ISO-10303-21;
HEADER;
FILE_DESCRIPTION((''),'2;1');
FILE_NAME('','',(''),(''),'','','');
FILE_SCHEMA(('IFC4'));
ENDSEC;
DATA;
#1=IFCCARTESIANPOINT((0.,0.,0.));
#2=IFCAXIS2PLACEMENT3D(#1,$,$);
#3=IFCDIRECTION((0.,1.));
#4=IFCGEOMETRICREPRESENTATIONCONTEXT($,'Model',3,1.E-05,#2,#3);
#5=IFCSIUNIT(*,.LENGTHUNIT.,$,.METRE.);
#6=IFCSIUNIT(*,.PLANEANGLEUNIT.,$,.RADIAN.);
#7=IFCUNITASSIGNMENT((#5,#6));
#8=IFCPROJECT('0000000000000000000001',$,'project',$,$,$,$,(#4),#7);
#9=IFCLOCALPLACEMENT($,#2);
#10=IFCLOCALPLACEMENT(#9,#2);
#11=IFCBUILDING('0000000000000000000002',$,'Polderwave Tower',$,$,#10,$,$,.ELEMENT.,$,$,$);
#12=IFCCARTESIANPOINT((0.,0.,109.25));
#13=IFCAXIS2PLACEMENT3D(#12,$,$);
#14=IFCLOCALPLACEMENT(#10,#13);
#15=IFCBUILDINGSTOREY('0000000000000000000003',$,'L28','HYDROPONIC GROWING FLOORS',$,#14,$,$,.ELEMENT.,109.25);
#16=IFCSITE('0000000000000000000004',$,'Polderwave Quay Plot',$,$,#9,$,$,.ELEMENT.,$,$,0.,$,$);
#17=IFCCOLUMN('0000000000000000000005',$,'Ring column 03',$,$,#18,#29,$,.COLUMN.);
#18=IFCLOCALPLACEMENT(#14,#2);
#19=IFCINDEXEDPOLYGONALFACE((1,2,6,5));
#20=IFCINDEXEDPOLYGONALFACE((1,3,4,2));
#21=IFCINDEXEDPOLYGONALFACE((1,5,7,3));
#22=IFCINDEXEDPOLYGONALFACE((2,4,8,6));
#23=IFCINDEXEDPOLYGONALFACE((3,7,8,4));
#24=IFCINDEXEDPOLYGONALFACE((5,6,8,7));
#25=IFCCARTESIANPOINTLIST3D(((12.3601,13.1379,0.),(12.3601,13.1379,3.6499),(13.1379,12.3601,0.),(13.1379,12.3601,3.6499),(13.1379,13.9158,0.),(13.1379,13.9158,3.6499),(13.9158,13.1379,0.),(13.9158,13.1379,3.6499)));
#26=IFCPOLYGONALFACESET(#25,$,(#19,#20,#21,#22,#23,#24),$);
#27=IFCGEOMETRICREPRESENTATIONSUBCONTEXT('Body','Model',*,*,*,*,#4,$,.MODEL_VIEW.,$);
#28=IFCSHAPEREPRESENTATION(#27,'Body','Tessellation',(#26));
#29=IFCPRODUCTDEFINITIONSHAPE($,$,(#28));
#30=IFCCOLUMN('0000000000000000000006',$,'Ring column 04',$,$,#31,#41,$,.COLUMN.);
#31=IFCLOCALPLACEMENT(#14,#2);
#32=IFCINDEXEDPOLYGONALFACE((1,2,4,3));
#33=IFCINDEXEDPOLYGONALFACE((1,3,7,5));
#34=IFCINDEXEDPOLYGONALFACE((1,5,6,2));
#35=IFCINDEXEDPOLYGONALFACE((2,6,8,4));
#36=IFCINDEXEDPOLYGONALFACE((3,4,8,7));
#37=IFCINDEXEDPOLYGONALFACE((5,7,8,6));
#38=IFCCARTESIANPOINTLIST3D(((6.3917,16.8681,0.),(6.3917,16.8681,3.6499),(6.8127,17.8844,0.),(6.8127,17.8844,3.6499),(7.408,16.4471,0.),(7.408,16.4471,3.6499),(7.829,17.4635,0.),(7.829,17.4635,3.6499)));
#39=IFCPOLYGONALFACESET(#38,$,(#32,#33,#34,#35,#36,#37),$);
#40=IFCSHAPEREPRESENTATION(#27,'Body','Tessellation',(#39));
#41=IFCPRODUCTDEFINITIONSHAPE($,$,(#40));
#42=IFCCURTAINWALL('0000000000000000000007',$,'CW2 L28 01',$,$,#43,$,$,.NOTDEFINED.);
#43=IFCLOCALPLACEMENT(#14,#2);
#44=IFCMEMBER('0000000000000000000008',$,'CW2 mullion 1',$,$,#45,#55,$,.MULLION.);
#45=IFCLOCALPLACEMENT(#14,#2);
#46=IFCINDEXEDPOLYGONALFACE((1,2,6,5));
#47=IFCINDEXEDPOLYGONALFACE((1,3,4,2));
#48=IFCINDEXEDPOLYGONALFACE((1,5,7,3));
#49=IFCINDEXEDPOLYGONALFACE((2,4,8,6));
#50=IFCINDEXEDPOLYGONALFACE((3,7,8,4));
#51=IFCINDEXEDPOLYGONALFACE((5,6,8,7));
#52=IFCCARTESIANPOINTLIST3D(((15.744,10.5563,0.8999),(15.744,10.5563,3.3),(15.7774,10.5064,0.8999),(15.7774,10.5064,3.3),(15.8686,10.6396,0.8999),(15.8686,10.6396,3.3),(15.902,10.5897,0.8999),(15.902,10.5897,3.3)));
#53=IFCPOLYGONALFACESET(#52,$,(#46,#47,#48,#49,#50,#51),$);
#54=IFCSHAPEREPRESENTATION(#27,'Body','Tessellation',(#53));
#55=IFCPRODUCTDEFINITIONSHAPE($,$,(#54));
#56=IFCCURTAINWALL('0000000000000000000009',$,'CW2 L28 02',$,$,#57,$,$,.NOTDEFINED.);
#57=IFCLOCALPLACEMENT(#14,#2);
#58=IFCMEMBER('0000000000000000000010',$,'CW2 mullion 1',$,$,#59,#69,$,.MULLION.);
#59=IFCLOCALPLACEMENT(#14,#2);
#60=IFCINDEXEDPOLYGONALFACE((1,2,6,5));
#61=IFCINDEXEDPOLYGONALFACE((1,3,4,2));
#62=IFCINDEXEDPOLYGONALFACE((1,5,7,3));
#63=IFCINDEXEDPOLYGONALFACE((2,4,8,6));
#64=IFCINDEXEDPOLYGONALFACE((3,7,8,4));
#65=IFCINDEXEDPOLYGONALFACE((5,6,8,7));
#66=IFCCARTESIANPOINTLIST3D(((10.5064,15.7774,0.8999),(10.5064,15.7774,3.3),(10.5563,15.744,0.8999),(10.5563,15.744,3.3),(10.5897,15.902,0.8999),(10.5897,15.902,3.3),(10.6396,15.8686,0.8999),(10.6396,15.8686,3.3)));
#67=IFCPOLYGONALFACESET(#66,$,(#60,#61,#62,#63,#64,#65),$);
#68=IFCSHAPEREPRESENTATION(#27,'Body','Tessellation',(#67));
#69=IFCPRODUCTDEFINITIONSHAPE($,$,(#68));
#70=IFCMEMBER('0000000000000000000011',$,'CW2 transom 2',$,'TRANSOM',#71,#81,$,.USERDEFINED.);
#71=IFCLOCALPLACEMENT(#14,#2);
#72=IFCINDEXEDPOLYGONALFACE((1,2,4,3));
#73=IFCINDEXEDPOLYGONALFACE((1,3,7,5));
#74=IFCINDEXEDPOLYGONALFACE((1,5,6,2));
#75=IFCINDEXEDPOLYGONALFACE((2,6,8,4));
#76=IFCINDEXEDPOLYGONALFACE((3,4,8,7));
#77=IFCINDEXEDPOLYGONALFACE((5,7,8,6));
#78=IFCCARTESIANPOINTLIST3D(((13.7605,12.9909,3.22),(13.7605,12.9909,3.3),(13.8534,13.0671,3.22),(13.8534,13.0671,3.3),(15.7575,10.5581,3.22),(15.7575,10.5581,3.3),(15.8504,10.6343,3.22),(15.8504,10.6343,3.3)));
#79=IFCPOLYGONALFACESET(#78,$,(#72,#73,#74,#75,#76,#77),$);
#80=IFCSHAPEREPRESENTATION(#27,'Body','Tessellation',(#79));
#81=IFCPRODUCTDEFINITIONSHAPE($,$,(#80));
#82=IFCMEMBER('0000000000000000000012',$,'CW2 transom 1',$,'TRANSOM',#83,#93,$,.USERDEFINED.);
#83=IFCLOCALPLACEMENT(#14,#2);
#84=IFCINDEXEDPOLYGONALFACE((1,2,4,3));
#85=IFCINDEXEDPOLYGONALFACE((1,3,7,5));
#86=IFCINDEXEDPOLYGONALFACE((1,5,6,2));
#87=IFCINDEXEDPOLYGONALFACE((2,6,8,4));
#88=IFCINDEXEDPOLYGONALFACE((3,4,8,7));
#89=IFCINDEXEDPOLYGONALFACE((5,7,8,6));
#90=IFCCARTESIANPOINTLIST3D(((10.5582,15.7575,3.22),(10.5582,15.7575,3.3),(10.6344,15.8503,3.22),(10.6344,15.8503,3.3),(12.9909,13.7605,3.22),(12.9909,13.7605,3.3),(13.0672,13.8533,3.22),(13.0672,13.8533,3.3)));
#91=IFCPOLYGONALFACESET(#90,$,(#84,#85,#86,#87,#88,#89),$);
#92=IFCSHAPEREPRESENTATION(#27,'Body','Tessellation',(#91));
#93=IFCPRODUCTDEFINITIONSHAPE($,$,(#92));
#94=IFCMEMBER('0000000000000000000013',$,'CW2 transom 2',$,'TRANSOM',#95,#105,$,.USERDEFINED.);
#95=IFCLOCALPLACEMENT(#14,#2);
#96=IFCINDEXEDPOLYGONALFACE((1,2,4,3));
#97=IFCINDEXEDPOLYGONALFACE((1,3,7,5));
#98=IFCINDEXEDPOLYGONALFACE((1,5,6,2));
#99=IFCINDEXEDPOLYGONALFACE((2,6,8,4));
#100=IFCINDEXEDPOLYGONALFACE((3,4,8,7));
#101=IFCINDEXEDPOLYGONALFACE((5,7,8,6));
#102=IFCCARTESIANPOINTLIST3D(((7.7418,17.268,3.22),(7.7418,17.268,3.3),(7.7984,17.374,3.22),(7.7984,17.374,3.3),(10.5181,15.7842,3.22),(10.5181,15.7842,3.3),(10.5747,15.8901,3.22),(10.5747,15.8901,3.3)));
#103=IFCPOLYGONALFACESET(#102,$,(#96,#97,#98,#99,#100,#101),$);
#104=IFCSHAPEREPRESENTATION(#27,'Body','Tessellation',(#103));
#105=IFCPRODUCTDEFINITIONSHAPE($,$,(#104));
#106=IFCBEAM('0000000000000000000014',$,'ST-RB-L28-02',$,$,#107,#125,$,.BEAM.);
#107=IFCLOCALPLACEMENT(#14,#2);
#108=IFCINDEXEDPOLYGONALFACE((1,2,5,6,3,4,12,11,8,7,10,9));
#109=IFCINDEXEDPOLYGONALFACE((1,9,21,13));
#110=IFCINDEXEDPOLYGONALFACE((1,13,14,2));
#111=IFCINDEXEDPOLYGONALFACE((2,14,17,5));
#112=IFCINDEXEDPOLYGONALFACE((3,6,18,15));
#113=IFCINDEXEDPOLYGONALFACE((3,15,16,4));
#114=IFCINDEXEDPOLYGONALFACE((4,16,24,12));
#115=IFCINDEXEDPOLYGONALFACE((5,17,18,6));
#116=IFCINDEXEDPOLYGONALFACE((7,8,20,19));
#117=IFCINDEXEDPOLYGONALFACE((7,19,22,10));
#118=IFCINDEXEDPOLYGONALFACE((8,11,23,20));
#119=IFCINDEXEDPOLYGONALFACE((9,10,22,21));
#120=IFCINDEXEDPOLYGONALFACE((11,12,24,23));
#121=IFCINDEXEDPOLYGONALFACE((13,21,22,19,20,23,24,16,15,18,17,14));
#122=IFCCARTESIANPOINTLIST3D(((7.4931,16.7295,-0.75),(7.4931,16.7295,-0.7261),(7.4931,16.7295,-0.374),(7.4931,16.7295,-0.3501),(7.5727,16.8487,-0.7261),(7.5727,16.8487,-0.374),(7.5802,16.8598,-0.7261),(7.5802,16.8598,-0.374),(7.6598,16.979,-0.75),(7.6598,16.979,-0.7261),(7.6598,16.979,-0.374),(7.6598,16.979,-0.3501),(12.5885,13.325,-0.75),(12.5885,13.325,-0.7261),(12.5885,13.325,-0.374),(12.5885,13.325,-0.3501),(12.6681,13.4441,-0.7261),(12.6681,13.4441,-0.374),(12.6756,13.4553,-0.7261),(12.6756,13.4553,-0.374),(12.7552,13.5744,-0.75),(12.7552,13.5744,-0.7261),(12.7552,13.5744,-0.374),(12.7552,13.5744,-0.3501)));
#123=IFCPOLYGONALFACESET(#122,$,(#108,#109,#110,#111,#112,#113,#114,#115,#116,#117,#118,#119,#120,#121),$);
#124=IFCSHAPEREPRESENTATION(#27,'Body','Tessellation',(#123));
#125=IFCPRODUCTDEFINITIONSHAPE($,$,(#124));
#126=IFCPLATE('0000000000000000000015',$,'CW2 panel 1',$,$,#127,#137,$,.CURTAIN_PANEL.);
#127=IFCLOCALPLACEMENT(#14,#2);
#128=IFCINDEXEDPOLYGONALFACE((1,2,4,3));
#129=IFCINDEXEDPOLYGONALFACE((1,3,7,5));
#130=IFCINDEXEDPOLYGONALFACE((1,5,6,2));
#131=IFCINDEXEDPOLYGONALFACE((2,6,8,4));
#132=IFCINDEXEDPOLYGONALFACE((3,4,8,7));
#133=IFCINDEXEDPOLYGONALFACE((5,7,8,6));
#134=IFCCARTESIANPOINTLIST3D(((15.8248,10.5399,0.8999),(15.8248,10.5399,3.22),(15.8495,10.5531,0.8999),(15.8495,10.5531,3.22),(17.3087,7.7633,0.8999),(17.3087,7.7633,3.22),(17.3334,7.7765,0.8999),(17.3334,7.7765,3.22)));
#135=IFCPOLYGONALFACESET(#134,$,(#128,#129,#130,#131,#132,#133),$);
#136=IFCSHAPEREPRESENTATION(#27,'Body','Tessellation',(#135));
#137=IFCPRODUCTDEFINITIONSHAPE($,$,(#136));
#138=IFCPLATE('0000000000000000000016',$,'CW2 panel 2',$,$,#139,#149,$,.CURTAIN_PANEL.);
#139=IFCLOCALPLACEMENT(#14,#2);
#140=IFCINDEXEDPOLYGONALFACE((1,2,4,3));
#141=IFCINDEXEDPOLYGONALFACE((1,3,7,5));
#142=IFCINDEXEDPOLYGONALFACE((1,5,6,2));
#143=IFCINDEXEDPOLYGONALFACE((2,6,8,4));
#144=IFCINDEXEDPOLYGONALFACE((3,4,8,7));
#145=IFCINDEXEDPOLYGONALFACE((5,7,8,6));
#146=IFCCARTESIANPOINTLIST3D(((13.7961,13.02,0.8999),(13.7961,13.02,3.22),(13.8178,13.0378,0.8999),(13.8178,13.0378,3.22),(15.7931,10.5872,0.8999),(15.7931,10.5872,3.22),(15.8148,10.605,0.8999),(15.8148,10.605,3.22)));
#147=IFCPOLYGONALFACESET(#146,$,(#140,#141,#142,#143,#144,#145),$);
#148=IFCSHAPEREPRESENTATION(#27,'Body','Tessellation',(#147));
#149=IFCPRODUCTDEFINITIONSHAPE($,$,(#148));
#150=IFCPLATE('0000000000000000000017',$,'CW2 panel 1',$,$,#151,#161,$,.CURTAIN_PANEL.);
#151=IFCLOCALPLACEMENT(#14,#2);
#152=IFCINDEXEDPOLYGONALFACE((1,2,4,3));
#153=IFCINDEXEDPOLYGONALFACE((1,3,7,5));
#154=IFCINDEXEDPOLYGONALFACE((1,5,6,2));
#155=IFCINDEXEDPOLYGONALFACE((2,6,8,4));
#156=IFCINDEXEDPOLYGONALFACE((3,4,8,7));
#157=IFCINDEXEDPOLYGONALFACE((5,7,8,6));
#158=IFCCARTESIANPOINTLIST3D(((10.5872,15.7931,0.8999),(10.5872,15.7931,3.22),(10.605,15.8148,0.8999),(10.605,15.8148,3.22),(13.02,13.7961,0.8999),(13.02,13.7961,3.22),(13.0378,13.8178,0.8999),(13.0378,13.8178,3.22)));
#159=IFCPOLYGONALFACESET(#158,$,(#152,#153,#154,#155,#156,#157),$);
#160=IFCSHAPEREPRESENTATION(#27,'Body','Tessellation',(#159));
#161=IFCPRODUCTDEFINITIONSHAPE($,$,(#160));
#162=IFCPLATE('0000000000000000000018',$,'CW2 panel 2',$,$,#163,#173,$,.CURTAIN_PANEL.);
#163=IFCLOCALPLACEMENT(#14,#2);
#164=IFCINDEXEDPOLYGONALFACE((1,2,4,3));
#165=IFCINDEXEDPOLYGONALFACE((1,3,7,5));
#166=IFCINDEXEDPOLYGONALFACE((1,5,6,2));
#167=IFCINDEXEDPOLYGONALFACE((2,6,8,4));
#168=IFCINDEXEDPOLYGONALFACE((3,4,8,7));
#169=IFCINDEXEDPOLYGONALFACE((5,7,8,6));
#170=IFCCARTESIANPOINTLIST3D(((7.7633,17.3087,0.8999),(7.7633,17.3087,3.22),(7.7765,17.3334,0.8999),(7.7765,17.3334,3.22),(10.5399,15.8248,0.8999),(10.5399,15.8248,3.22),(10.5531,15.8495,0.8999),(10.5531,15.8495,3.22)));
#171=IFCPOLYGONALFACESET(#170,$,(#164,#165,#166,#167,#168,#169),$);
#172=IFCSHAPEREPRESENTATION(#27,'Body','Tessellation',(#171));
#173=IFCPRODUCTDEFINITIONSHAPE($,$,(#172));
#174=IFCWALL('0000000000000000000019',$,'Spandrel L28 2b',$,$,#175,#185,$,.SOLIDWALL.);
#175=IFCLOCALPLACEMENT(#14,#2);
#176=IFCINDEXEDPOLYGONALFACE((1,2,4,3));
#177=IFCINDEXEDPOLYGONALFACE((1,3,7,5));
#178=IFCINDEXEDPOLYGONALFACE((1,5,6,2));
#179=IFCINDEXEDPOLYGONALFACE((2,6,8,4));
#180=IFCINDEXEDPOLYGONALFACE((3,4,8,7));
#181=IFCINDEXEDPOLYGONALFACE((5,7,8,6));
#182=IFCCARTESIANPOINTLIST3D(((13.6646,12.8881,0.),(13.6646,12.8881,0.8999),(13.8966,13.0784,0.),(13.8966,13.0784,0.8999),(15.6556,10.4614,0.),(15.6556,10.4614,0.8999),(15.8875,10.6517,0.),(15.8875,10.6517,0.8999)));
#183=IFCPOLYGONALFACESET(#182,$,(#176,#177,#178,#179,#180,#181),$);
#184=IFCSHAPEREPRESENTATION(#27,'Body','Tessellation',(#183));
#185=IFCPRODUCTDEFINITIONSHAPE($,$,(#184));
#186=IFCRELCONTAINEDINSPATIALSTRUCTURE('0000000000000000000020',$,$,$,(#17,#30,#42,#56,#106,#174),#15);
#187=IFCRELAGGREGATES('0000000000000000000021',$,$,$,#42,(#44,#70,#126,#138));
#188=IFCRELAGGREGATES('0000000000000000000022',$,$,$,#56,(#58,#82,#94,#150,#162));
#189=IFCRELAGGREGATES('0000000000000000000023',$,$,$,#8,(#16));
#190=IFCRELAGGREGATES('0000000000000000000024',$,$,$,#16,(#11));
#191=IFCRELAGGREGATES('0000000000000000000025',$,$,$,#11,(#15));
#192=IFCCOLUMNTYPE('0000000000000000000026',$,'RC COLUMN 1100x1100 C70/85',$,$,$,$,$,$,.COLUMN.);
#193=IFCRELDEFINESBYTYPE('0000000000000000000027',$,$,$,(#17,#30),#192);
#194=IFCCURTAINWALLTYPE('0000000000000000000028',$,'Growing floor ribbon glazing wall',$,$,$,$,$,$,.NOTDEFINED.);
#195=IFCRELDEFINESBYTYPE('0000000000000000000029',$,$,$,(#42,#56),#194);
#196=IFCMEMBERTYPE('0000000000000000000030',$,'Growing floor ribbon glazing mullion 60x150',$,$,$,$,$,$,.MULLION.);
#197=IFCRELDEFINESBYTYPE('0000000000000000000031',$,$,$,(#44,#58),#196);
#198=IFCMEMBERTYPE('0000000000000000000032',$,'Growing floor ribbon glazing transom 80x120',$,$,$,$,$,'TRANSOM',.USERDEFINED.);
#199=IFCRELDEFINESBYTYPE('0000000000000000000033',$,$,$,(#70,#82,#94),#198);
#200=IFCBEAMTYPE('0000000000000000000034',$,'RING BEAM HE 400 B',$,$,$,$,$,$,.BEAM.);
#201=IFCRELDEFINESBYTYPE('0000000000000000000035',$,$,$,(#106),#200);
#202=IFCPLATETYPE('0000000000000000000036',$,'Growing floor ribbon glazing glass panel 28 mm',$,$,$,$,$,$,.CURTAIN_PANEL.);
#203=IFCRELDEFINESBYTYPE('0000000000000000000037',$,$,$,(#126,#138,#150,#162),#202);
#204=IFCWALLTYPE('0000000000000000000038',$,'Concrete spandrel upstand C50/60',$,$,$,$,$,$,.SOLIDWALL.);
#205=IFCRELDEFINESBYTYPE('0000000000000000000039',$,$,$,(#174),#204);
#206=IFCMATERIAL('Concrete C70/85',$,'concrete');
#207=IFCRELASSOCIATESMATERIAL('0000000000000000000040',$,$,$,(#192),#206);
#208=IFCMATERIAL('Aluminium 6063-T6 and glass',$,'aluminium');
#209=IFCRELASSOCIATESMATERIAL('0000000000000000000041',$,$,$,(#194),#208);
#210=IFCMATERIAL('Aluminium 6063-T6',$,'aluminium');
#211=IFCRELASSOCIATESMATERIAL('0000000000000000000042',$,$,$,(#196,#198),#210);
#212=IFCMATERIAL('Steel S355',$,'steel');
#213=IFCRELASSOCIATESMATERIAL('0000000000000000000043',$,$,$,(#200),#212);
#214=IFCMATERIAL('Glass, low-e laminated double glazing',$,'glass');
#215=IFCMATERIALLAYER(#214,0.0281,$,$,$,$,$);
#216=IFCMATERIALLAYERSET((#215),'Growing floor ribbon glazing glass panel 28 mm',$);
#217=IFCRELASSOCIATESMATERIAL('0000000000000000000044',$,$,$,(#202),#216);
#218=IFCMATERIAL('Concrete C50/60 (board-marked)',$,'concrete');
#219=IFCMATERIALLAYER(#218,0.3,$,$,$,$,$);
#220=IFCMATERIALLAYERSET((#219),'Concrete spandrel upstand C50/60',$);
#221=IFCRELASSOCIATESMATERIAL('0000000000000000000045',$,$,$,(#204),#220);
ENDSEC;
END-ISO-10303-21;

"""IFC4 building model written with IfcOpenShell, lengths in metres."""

from ifc_helpers import new_model, si_unit, direction, frame, frame_2d, origin, origin_2d, place, context, subcontext, project, spatial, rectangle, i_section, extrude, material, layer, layer_set, material_profile, profile_set, type_object, element, aggregate, save


model = new_model("IFC4")

# Units and contexts
model_context = context("Model", 3, precision=1e-05, world=origin(), true_north=direction((0.0, 1.0)))
body_context = subcontext(model_context, "Body", "Model", "MODEL_VIEW")
ifc_project = project(units=[si_unit("LENGTHUNIT", "METRE"), si_unit("PLANEANGLEUNIT", "RADIAN")], contexts=[model_context])

# Site, building, storey
site_placement = place(None, origin())
site = spatial("IfcSite", under=ifc_project, at=site_placement, Name="Polderwave Quay Plot", CompositionType="ELEMENT", RefElevation=0.0)
building_placement = place(site_placement, origin())
building = spatial("IfcBuilding", under=site, at=building_placement, Name="Polderwave Tower", CompositionType="ELEMENT")
storey_placement = place(building_placement, frame((0.0, 0.0, 109.25)))
storey = spatial("IfcBuildingStorey", under=building, at=storey_placement, Name="L28", Description="HYDROPONIC GROWING FLOORS", CompositionType="ELEMENT", Elevation=109.25)

# Columns
ifc_material_1 = material(Name="Concrete C70/85", Category="concrete")
ifc_material_profile_1 = material_profile(ifc_material_1, rectangle(XDim=1.1001, YDim=1.1001, at=origin_2d()), Name="RC 1100x1100")
ifc_profile_set_1 = profile_set([ifc_material_profile_1], Name="Concrete C70/85")
column_type = type_object("IfcColumnType", Name="RC COLUMN 1100x1100 C70/85", PredefinedType="COLUMN", material=ifc_profile_set_1)
for number, where, z_axis, x_axis, name in (
    (1, (13.1379, 13.1379, 0.0), (0.0, 0.0, 1.0), (0.707107, 0.707107, 0.0), "Ring column 03"),
    (2, (7.1104, 17.1658, 0.0), (0.0, 0.0, 1.0), (0.382683, 0.92388, 0.0), "Ring column 04"),
):
    element("IfcColumn", number, at=place(storey_placement, frame(where, z_axis=z_axis, x_axis=x_axis)), inside=storey, type_object=column_type, Name=name, PredefinedType="COLUMN", context=body_context, shape_type="SweptSolid", body=[
        extrude(rectangle(XDim=1.1001, YDim=1.1001, at=origin_2d()), origin(), (0.0, 0.0, 1.0), 3.6499),
    ])

# Curtain walls, members
ifc_material_2 = material(Name="Aluminium 6063-T6 and glass", Category="aluminium")
curtain_wall_type = type_object("IfcCurtainWallType", Name="Growing floor ribbon glazing wall", PredefinedType="NOTDEFINED", material=ifc_material_2)
curtain_wall_1_placement = place(storey_placement, origin())
curtain_wall_1 = element("IfcCurtainWall", 3, at=curtain_wall_1_placement, inside=storey, type_object=curtain_wall_type, Name="CW2 L28 01", PredefinedType="NOTDEFINED")
ifc_material_3 = material(Name="Aluminium 6063-T6", Category="aluminium")
ifc_material_profile_2 = material_profile(ifc_material_3, rectangle(XDim=0.1499, YDim=0.0601, at=origin_2d()), Name="AL 60x150")
ifc_profile_set_2 = profile_set([ifc_material_profile_2], Name="Aluminium 6063-T6")
member_type_1 = type_object("IfcMemberType", Name="Growing floor ribbon glazing mullion 60x150", PredefinedType="MULLION", material=ifc_profile_set_2)
member_1_placement = place(storey_placement, frame((15.823, 10.573, 0.8999), z_axis=(0.0, 0.0, 1.0), x_axis=(-0.83146, -0.555585, 0.0)))
member_1 = element("IfcMember", 4, at=member_1_placement, type_object=member_type_1, Name="CW2 mullion 1", PredefinedType="MULLION", context=body_context, shape_type="SweptSolid", body=[
    extrude(rectangle(XDim=0.1499, YDim=0.0601, at=origin_2d()), origin(), (0.0, 0.0, 1.0), 2.4001),
])
curtain_wall_2_placement = place(storey_placement, origin())
curtain_wall_2 = element("IfcCurtainWall", 5, at=curtain_wall_2_placement, inside=storey, type_object=curtain_wall_type, Name="CW2 L28 02", PredefinedType="NOTDEFINED")
member_2_placement = place(storey_placement, frame((10.573, 15.823, 0.8999), z_axis=(0.0, 0.0, 1.0), x_axis=(-0.555585, -0.83146, 0.0)))
member_2 = element("IfcMember", 6, at=member_2_placement, type_object=member_type_1, Name="CW2 mullion 1", PredefinedType="MULLION", context=body_context, shape_type="SweptSolid", body=[
    extrude(rectangle(XDim=0.1499, YDim=0.0601, at=origin_2d()), origin(), (0.0, 0.0, 1.0), 2.4001),
])

# Members
ifc_material_profile_3 = material_profile(ifc_material_3, rectangle(XDim=0.1201, YDim=0.0801, at=origin_2d()), Name="AL 80x120")
ifc_profile_set_3 = profile_set([ifc_material_profile_3], Name="Aluminium 6063-T6")
member_type_2 = type_object("IfcMemberType", Name="Growing floor ribbon glazing transom 80x120", ElementType="TRANSOM", PredefinedType="USERDEFINED", material=ifc_profile_set_3)
member_3_placement = place(storey_placement, frame((15.804, 10.5962, 3.26), z_axis=(-0.634483, 0.772937, 0.0), x_axis=(-0.772937, -0.634483, 0.0)))
member_3 = element("IfcMember", 7, at=member_3_placement, type_object=member_type_2, Name="CW2 transom 2", ObjectType="TRANSOM", PredefinedType="USERDEFINED", context=body_context, shape_type="SweptSolid", body=[
    extrude(rectangle(XDim=0.1201, YDim=0.0801, at=origin_2d()), origin(), (0.0, 0.0, 1.0), 3.1475),
])
member_4_placement = place(storey_placement, frame((13.0291, 13.8069, 3.26), z_axis=(-0.772937, 0.634483, 0.0), x_axis=(-0.634483, -0.772937, 0.0)))
member_4 = element("IfcMember", 8, at=member_4_placement, type_object=member_type_2, Name="CW2 transom 1", ObjectType="TRANSOM", PredefinedType="USERDEFINED", context=body_context, shape_type="SweptSolid", body=[
    extrude(rectangle(XDim=0.1201, YDim=0.0801, at=origin_2d()), origin(), (0.0, 0.0, 1.0), 3.1475),
])
member_5_placement = place(storey_placement, frame((10.5464, 15.8372, 3.26), z_axis=(-0.881936, 0.471369, 0.0), x_axis=(-0.471369, -0.881936, 0.0)))
member_5 = element("IfcMember", 9, at=member_5_placement, type_object=member_type_2, Name="CW2 transom 2", ObjectType="TRANSOM", PredefinedType="USERDEFINED", context=body_context, shape_type="SweptSolid", body=[
    extrude(rectangle(XDim=0.1201, YDim=0.0801, at=origin_2d()), origin(), (0.0, 0.0, 1.0), 3.1479),
])

# Beam
ifc_material_4 = material(Name="Steel S355", Category="steel")
ifc_material_profile_4 = material_profile(ifc_material_4, i_section(OverallWidth=0.3, OverallDepth=0.3999, WebThickness=0.0134, FlangeThickness=0.0239, at=origin_2d()), Name="HE 400 B")
ifc_profile_set_4 = profile_set([ifc_material_profile_4], Name="Steel S355")
beam_type = type_object("IfcBeamType", Name="RING BEAM HE 400 B", PredefinedType="BEAM", material=ifc_profile_set_4)
beam_placement = place(storey_placement, frame((12.6719, 13.4497, -0.55), z_axis=(-0.83148, 0.555555, 0.0), x_axis=(-0.555555, -0.83148, 0.0)))
element("IfcBeam", 10, at=beam_placement, inside=storey, type_object=beam_type, Name="ST-RB-L28-02", PredefinedType="BEAM", context=body_context, shape_type="SweptSolid", body=[
    extrude(i_section(OverallWidth=0.3, OverallDepth=0.3999, WebThickness=0.0134, FlangeThickness=0.0239, at=origin_2d()), origin(), (0.0, 0.0, 1.0), 6.1282),
])

# Plates
ifc_material_5 = material(Name="Glass, low-e laminated double glazing", Category="glass")
ifc_layer_1 = layer(ifc_material_5, 0.0281)
ifc_layer_set_1 = layer_set([ifc_layer_1], Name="Growing floor ribbon glazing glass panel 28 mm")
plate_type = type_object("IfcPlateType", Name="Growing floor ribbon glazing glass panel 28 mm", PredefinedType="CURTAIN_PANEL", material=ifc_layer_set_1)
plate_1_placement = place(storey_placement, frame((16.5791, 9.1582, 0.8999), z_axis=(0.0, 0.0, 1.0), x_axis=(-0.47134, 0.881952, 0.0)))
plate_1 = element("IfcPlate", 11, at=plate_1_placement, type_object=plate_type, Name="CW2 panel 1", PredefinedType="CURTAIN_PANEL", context=body_context, shape_type="SweptSolid", body=[
    extrude(rectangle(XDim=3.1482, YDim=0.0281, at=origin_2d()), origin(), (0.0, 0.0, 1.0), 2.3201),
])
plate_2_placement = place(storey_placement, frame((14.8054, 11.8125, 0.8999), z_axis=(0.0, 0.0, 1.0), x_axis=(-0.634472, 0.772946, 0.0)))
plate_2 = element("IfcPlate", 12, at=plate_2_placement, type_object=plate_type, Name="CW2 panel 2", PredefinedType="CURTAIN_PANEL", context=body_context, shape_type="SweptSolid", body=[
    extrude(rectangle(XDim=3.1475, YDim=0.0281, at=origin_2d()), origin(), (0.0, 0.0, 1.0), 2.3201),
])
aggregate(curtain_wall_1, [member_1, member_3, plate_1, plate_2])
plate_3_placement = place(storey_placement, frame((11.8125, 14.8054, 0.8999), z_axis=(0.0, 0.0, 1.0), x_axis=(-0.772946, 0.634472, 0.0)))
plate_3 = element("IfcPlate", 13, at=plate_3_placement, type_object=plate_type, Name="CW2 panel 1", PredefinedType="CURTAIN_PANEL", context=body_context, shape_type="SweptSolid", body=[
    extrude(rectangle(XDim=3.1475, YDim=0.0281, at=origin_2d()), origin(), (0.0, 0.0, 1.0), 2.3201),
])
plate_4_placement = place(storey_placement, frame((9.1582, 16.5791, 0.8999), z_axis=(0.0, 0.0, 1.0), x_axis=(-0.881952, 0.47134, 0.0)))
plate_4 = element("IfcPlate", 14, at=plate_4_placement, type_object=plate_type, Name="CW2 panel 2", PredefinedType="CURTAIN_PANEL", context=body_context, shape_type="SweptSolid", body=[
    extrude(rectangle(XDim=3.1482, YDim=0.0281, at=origin_2d()), origin(), (0.0, 0.0, 1.0), 2.3201),
])
aggregate(curtain_wall_2, [member_2, member_4, member_5, plate_3, plate_4])

# Wall
ifc_material_6 = material(Name="Concrete C50/60 (board-marked)", Category="concrete")
ifc_layer_2 = layer(ifc_material_6, 0.3)
ifc_layer_set_2 = layer_set([ifc_layer_2], Name="Concrete spandrel upstand C50/60")
wall_type_1 = type_object("IfcWallType", Name="Concrete spandrel upstand C50/60", PredefinedType="SOLIDWALL", material=ifc_layer_set_2)
for number, where, z_axis, x_axis, name in (
    (15, (15.7715, 10.5566, 0.0), (0.0, 0.0, 1.0), (-0.634275, 0.773108, 0.0), "Spandrel L28 2b"),
):
    element("IfcWall", number, at=place(storey_placement, frame(where, z_axis=z_axis, x_axis=x_axis)), inside=storey, type_object=wall_type_1, Name=name, PredefinedType="SOLIDWALL", context=body_context, shape_type="SweptSolid", body=[
        extrude(rectangle(XDim=3.1389, YDim=0.3, at=frame_2d((1.5693, 0.0))), origin(), (0.0, 0.0, 1.0), 0.8999),
    ])

save(model, "model.ifc")
